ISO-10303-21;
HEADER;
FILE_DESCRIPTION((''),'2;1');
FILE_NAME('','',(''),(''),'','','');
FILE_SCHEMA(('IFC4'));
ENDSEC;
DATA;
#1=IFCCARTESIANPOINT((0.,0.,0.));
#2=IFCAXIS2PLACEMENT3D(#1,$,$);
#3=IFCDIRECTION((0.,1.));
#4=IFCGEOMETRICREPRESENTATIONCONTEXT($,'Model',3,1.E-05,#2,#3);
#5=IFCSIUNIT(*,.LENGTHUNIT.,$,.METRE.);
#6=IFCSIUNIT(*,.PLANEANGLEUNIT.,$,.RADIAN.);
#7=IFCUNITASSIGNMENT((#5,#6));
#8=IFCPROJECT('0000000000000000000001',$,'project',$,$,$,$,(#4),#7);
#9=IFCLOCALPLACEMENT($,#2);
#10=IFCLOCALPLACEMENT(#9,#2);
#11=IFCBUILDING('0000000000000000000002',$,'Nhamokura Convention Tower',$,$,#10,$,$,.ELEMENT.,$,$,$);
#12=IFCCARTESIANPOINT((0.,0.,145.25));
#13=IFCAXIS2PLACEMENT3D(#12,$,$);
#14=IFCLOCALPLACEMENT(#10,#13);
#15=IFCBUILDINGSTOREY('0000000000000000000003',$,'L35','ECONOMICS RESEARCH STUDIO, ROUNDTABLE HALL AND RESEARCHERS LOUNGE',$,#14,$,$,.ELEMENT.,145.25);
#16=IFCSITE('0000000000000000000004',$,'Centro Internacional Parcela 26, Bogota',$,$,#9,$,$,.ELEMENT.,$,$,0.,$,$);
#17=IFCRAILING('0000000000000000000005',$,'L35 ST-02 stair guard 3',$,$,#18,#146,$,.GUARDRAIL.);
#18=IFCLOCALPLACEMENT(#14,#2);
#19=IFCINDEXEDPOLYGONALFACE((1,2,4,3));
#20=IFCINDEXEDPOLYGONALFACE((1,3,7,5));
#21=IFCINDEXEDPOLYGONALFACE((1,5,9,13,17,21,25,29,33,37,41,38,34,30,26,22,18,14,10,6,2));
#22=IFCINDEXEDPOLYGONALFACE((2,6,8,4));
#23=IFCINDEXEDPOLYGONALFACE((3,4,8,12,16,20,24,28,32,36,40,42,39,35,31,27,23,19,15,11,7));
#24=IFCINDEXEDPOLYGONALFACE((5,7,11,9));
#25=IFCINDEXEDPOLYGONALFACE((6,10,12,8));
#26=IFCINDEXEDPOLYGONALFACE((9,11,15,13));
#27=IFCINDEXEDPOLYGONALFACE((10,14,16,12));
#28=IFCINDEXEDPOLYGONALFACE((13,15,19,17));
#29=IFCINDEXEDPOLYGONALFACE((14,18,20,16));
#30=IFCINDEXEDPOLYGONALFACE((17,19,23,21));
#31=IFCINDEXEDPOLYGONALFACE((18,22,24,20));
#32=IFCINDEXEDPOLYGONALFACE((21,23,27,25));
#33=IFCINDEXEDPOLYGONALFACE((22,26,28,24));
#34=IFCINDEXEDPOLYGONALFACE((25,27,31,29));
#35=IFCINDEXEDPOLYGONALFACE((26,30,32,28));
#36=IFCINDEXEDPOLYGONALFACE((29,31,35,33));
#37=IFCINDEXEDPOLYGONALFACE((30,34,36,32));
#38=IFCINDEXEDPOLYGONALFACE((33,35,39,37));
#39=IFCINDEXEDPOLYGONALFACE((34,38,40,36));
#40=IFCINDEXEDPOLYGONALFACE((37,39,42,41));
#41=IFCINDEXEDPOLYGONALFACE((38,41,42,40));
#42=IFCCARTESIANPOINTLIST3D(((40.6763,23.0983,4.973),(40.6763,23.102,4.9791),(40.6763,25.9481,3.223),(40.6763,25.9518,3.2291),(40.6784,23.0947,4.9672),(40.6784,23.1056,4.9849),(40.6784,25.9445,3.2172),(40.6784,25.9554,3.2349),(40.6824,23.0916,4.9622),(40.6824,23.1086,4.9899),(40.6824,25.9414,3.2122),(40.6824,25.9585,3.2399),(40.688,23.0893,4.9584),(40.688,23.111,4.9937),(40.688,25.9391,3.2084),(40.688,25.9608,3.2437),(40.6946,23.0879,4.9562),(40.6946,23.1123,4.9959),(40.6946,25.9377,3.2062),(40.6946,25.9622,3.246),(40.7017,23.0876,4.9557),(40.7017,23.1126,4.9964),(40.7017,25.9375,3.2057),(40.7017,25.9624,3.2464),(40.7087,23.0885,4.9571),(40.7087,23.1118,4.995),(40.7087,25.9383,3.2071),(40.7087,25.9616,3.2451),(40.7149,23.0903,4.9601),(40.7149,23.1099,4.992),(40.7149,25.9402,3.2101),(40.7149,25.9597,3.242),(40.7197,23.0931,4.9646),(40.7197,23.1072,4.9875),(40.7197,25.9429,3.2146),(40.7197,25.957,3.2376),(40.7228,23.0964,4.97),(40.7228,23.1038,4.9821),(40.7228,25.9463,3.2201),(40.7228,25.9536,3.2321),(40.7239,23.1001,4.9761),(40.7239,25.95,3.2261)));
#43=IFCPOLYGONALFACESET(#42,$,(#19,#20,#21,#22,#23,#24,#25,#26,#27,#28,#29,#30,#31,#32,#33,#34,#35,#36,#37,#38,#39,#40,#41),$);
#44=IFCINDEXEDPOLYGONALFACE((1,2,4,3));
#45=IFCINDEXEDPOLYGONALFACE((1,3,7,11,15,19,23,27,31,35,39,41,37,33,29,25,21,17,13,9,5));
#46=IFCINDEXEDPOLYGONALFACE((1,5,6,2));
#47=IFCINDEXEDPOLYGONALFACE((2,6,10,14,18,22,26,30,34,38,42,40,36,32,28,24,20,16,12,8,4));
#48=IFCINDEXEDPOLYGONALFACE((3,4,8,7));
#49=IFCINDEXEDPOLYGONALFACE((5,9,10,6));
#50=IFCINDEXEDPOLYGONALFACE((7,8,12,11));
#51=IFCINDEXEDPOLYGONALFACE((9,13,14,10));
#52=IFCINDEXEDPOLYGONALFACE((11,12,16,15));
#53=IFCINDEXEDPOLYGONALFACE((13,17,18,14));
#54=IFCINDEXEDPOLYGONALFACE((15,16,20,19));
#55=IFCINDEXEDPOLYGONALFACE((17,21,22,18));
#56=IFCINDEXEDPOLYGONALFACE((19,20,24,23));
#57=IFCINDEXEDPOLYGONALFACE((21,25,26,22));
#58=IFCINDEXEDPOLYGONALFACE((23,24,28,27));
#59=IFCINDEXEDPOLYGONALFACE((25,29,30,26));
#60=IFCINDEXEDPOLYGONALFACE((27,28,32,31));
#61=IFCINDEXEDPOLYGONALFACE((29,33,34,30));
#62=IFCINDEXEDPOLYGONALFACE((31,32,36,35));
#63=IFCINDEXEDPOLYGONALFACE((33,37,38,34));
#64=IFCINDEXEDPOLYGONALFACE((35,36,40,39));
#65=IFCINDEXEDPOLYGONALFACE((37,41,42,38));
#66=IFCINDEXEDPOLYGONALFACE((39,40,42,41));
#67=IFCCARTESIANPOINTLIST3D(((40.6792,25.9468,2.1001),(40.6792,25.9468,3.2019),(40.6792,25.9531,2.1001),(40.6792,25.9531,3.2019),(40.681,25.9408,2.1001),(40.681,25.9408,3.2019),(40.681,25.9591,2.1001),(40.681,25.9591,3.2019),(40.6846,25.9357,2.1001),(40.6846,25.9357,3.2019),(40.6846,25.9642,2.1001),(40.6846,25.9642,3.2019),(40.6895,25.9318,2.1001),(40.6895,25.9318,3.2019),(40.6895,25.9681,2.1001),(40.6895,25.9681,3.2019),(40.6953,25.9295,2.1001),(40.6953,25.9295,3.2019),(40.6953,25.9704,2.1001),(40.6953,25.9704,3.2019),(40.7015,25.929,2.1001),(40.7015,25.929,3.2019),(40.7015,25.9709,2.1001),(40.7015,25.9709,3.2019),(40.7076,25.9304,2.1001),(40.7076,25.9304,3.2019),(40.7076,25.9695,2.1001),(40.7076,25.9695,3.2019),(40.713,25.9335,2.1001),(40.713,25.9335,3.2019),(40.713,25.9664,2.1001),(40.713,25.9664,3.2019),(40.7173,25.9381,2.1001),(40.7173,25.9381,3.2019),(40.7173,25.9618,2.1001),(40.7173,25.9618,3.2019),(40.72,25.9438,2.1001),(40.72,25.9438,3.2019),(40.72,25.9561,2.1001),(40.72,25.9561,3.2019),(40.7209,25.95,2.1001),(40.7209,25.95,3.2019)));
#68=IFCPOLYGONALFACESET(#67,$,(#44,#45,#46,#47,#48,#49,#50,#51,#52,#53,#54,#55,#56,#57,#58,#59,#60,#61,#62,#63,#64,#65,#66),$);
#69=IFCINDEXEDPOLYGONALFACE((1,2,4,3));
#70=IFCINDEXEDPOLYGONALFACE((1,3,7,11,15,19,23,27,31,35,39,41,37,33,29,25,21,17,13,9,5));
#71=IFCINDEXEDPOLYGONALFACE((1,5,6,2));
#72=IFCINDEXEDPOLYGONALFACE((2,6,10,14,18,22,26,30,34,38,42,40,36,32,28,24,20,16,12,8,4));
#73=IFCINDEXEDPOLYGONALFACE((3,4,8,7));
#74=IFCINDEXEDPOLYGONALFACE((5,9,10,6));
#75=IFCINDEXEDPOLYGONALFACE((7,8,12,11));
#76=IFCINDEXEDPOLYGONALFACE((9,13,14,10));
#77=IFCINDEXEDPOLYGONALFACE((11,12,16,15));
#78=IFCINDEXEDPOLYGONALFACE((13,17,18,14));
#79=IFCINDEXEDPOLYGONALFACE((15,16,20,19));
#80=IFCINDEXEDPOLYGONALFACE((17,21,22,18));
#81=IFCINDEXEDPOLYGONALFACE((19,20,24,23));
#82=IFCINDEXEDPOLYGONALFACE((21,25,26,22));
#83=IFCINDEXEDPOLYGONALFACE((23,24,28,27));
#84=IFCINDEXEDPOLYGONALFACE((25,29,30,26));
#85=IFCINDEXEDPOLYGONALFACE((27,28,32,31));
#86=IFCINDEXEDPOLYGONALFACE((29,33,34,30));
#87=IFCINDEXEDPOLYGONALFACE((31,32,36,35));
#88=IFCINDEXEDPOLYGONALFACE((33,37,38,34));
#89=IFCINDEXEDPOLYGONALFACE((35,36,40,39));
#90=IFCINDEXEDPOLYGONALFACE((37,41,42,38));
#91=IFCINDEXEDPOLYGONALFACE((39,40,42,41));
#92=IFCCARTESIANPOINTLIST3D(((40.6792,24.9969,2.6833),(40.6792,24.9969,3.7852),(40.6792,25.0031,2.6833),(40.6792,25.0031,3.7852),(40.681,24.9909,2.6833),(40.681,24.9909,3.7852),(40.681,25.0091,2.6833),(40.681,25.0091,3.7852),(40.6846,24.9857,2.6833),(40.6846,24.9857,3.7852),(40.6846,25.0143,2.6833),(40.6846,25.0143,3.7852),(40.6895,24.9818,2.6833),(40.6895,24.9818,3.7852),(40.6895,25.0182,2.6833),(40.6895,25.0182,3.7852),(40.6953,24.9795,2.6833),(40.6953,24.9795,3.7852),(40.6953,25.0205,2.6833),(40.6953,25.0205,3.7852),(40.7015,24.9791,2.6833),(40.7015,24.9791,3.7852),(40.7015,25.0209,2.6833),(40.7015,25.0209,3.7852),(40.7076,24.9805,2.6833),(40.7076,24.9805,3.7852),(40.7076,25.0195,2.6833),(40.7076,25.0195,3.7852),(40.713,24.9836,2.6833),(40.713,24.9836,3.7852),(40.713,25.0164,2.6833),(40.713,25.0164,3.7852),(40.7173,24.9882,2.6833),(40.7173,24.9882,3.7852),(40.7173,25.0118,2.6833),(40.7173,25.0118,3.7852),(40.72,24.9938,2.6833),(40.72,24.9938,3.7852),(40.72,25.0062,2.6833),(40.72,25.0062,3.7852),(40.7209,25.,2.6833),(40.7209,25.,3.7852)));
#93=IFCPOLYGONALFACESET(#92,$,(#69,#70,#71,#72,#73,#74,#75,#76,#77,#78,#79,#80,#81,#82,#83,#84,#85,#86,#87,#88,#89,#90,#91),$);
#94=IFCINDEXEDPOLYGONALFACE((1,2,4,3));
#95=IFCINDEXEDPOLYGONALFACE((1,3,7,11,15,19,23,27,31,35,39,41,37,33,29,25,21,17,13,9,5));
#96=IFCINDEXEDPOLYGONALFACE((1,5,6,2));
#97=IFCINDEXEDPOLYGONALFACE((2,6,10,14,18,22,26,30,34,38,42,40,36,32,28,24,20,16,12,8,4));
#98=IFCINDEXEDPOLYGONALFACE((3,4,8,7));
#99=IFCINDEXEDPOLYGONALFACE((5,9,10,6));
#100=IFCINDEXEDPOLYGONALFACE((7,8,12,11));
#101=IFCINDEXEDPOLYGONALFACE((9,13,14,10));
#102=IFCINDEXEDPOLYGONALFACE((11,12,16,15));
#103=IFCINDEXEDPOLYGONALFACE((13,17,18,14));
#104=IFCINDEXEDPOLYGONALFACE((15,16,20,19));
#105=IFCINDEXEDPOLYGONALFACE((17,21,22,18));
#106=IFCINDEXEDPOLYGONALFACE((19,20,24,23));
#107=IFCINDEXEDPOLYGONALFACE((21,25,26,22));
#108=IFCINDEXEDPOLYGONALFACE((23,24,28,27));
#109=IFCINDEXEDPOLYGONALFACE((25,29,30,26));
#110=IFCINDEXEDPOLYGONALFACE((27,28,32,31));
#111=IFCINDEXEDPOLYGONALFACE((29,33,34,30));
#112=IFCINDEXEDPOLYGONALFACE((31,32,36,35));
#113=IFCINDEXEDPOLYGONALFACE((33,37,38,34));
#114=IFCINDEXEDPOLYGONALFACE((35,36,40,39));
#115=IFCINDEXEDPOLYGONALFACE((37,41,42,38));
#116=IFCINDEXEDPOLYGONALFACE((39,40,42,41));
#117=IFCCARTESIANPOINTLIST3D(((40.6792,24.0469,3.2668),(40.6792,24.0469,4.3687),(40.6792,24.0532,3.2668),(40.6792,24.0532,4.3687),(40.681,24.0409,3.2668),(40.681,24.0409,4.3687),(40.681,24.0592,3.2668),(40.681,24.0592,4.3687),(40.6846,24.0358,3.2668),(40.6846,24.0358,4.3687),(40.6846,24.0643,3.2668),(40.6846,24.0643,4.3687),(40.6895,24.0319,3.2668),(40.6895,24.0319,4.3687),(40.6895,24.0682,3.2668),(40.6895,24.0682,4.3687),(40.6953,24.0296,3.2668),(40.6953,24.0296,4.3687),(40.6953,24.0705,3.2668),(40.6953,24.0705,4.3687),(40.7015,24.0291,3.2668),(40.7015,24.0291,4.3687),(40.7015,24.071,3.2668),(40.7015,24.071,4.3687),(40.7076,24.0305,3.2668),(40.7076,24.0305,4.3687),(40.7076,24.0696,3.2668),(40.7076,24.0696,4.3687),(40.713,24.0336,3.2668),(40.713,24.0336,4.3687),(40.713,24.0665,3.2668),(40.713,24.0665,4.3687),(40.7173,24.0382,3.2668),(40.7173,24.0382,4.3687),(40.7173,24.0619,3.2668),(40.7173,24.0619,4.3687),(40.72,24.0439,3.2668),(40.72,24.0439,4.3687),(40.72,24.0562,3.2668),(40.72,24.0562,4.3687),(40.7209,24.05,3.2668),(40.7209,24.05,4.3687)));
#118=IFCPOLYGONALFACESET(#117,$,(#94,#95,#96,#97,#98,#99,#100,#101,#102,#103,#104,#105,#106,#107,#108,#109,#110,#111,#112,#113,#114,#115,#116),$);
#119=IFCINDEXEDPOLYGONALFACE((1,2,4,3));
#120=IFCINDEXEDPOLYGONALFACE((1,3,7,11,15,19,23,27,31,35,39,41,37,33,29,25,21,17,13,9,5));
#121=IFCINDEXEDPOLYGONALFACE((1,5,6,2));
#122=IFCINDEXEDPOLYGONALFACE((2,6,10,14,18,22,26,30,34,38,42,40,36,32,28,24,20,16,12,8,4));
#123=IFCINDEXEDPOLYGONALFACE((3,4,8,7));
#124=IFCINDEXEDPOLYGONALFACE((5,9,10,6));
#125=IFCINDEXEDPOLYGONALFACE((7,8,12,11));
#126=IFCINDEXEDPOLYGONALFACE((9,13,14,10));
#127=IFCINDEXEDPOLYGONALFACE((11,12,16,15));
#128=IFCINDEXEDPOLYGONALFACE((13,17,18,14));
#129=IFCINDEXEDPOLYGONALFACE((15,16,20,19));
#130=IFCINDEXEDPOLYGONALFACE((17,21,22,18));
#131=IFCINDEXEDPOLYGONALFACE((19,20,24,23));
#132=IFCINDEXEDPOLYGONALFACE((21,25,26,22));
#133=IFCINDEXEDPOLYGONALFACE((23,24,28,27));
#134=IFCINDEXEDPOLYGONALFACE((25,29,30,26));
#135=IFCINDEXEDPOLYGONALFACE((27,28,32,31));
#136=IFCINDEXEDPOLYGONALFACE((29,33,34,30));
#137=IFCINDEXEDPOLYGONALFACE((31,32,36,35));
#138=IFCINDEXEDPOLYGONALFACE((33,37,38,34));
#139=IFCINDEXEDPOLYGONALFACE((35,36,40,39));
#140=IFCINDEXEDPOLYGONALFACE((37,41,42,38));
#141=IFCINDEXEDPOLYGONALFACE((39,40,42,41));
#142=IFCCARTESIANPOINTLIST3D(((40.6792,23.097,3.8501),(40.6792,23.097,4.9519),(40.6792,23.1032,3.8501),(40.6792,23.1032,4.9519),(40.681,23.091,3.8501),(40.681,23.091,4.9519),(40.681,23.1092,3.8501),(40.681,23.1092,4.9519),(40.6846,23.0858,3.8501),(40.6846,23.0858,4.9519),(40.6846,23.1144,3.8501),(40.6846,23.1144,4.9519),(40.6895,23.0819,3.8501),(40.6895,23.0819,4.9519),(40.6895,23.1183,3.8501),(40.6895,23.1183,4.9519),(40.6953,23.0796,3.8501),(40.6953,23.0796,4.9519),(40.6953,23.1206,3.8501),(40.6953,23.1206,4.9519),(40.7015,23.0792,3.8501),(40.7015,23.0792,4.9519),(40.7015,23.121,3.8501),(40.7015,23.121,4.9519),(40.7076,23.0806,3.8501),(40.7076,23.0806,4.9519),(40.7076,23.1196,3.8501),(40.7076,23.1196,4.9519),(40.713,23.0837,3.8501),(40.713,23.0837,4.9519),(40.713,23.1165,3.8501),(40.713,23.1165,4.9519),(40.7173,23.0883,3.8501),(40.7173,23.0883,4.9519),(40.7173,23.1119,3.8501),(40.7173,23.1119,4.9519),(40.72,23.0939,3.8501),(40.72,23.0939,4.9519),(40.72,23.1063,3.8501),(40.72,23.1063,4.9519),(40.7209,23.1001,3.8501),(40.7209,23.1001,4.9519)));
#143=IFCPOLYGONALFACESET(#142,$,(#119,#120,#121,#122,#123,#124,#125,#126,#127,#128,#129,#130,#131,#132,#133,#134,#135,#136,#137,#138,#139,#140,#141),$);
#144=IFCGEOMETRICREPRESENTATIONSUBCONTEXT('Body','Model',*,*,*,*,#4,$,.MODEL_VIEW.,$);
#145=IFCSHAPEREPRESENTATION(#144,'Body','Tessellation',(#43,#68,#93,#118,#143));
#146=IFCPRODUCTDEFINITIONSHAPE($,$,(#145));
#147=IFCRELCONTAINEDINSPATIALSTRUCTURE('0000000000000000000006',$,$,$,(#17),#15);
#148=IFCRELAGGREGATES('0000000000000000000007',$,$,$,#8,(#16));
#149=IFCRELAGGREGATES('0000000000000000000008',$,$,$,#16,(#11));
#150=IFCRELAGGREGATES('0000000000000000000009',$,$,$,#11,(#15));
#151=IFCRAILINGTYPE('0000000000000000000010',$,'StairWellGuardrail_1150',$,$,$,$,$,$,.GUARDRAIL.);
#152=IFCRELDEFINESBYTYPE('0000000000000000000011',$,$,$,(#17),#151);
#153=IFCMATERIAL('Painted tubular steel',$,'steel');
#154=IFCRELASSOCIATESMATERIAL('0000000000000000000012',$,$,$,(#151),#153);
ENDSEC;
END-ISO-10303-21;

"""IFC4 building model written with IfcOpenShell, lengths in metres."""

from ifc_helpers import new_model, si_unit, direction, frame, origin, origin_2d, place, context, subcontext, project, spatial, circle, extrude, material, type_object, element, save


model = new_model("IFC4")

# Units and contexts
model_context = context("Model", 3, precision=1e-05, world=origin(), true_north=direction((0.0, 1.0)))
body_context = subcontext(model_context, "Body", "Model", "MODEL_VIEW")
ifc_project = project(units=[si_unit("LENGTHUNIT", "METRE"), si_unit("PLANEANGLEUNIT", "RADIAN")], contexts=[model_context])

# Site, building, storey
site_placement = place(None, origin())
site = spatial("IfcSite", under=ifc_project, at=site_placement, Name="Centro Internacional Parcela 26, Bogota", CompositionType="ELEMENT", RefElevation=0.0)
building_placement = place(site_placement, origin())
building = spatial("IfcBuilding", under=site, at=building_placement, Name="Nhamokura Convention Tower", CompositionType="ELEMENT")
storey_placement = place(building_placement, frame((0.0, 0.0, 145.25)))
storey = spatial("IfcBuildingStorey", under=building, at=storey_placement, Name="L35", Description="ECONOMICS RESEARCH STUDIO, ROUNDTABLE HALL AND RESEARCHERS LOUNGE", CompositionType="ELEMENT", Elevation=145.25)

# Railing
ifc_material_1 = material(Name="Painted tubular steel", Category="steel")
railing_type_1 = type_object("IfcRailingType", Name="StairWellGuardrail_1150", PredefinedType="GUARDRAIL", material=ifc_material_1)
railing_1_placement = place(storey_placement, frame((40.7, 25.95, 2.1001)))
element("IfcRailing", 1, at=railing_1_placement, inside=storey, type_object=railing_type_1, Name="L35 ST-02 stair guard 3", PredefinedType="GUARDRAIL", context=body_context, shape_type="SweptSolid", body=[
    extrude(circle(Radius=0.0239, at=origin_2d()), frame((0.0, 0.0, 1.126), z_axis=(0.0, -0.852159, 0.523283), x_axis=(1.0, 0.0, 0.0)), (0.0, 0.0, 1.0), 3.3442),
    extrude(circle(Radius=0.021, at=origin_2d()), origin(), (0.0, 0.0, 1.0), 1.1018),
    extrude(circle(Radius=0.021, at=origin_2d()), frame((0.0, -0.95, 0.5833)), (0.0, 0.0, 1.0), 1.1018),
    extrude(circle(Radius=0.021, at=origin_2d()), frame((0.0, -1.8999, 1.1667)), (0.0, 0.0, 1.0), 1.1018),
    extrude(circle(Radius=0.021, at=origin_2d()), frame((0.0, -2.8499, 1.75)), (0.0, 0.0, 1.0), 1.1018),
])

save(model, "model.ifc")
